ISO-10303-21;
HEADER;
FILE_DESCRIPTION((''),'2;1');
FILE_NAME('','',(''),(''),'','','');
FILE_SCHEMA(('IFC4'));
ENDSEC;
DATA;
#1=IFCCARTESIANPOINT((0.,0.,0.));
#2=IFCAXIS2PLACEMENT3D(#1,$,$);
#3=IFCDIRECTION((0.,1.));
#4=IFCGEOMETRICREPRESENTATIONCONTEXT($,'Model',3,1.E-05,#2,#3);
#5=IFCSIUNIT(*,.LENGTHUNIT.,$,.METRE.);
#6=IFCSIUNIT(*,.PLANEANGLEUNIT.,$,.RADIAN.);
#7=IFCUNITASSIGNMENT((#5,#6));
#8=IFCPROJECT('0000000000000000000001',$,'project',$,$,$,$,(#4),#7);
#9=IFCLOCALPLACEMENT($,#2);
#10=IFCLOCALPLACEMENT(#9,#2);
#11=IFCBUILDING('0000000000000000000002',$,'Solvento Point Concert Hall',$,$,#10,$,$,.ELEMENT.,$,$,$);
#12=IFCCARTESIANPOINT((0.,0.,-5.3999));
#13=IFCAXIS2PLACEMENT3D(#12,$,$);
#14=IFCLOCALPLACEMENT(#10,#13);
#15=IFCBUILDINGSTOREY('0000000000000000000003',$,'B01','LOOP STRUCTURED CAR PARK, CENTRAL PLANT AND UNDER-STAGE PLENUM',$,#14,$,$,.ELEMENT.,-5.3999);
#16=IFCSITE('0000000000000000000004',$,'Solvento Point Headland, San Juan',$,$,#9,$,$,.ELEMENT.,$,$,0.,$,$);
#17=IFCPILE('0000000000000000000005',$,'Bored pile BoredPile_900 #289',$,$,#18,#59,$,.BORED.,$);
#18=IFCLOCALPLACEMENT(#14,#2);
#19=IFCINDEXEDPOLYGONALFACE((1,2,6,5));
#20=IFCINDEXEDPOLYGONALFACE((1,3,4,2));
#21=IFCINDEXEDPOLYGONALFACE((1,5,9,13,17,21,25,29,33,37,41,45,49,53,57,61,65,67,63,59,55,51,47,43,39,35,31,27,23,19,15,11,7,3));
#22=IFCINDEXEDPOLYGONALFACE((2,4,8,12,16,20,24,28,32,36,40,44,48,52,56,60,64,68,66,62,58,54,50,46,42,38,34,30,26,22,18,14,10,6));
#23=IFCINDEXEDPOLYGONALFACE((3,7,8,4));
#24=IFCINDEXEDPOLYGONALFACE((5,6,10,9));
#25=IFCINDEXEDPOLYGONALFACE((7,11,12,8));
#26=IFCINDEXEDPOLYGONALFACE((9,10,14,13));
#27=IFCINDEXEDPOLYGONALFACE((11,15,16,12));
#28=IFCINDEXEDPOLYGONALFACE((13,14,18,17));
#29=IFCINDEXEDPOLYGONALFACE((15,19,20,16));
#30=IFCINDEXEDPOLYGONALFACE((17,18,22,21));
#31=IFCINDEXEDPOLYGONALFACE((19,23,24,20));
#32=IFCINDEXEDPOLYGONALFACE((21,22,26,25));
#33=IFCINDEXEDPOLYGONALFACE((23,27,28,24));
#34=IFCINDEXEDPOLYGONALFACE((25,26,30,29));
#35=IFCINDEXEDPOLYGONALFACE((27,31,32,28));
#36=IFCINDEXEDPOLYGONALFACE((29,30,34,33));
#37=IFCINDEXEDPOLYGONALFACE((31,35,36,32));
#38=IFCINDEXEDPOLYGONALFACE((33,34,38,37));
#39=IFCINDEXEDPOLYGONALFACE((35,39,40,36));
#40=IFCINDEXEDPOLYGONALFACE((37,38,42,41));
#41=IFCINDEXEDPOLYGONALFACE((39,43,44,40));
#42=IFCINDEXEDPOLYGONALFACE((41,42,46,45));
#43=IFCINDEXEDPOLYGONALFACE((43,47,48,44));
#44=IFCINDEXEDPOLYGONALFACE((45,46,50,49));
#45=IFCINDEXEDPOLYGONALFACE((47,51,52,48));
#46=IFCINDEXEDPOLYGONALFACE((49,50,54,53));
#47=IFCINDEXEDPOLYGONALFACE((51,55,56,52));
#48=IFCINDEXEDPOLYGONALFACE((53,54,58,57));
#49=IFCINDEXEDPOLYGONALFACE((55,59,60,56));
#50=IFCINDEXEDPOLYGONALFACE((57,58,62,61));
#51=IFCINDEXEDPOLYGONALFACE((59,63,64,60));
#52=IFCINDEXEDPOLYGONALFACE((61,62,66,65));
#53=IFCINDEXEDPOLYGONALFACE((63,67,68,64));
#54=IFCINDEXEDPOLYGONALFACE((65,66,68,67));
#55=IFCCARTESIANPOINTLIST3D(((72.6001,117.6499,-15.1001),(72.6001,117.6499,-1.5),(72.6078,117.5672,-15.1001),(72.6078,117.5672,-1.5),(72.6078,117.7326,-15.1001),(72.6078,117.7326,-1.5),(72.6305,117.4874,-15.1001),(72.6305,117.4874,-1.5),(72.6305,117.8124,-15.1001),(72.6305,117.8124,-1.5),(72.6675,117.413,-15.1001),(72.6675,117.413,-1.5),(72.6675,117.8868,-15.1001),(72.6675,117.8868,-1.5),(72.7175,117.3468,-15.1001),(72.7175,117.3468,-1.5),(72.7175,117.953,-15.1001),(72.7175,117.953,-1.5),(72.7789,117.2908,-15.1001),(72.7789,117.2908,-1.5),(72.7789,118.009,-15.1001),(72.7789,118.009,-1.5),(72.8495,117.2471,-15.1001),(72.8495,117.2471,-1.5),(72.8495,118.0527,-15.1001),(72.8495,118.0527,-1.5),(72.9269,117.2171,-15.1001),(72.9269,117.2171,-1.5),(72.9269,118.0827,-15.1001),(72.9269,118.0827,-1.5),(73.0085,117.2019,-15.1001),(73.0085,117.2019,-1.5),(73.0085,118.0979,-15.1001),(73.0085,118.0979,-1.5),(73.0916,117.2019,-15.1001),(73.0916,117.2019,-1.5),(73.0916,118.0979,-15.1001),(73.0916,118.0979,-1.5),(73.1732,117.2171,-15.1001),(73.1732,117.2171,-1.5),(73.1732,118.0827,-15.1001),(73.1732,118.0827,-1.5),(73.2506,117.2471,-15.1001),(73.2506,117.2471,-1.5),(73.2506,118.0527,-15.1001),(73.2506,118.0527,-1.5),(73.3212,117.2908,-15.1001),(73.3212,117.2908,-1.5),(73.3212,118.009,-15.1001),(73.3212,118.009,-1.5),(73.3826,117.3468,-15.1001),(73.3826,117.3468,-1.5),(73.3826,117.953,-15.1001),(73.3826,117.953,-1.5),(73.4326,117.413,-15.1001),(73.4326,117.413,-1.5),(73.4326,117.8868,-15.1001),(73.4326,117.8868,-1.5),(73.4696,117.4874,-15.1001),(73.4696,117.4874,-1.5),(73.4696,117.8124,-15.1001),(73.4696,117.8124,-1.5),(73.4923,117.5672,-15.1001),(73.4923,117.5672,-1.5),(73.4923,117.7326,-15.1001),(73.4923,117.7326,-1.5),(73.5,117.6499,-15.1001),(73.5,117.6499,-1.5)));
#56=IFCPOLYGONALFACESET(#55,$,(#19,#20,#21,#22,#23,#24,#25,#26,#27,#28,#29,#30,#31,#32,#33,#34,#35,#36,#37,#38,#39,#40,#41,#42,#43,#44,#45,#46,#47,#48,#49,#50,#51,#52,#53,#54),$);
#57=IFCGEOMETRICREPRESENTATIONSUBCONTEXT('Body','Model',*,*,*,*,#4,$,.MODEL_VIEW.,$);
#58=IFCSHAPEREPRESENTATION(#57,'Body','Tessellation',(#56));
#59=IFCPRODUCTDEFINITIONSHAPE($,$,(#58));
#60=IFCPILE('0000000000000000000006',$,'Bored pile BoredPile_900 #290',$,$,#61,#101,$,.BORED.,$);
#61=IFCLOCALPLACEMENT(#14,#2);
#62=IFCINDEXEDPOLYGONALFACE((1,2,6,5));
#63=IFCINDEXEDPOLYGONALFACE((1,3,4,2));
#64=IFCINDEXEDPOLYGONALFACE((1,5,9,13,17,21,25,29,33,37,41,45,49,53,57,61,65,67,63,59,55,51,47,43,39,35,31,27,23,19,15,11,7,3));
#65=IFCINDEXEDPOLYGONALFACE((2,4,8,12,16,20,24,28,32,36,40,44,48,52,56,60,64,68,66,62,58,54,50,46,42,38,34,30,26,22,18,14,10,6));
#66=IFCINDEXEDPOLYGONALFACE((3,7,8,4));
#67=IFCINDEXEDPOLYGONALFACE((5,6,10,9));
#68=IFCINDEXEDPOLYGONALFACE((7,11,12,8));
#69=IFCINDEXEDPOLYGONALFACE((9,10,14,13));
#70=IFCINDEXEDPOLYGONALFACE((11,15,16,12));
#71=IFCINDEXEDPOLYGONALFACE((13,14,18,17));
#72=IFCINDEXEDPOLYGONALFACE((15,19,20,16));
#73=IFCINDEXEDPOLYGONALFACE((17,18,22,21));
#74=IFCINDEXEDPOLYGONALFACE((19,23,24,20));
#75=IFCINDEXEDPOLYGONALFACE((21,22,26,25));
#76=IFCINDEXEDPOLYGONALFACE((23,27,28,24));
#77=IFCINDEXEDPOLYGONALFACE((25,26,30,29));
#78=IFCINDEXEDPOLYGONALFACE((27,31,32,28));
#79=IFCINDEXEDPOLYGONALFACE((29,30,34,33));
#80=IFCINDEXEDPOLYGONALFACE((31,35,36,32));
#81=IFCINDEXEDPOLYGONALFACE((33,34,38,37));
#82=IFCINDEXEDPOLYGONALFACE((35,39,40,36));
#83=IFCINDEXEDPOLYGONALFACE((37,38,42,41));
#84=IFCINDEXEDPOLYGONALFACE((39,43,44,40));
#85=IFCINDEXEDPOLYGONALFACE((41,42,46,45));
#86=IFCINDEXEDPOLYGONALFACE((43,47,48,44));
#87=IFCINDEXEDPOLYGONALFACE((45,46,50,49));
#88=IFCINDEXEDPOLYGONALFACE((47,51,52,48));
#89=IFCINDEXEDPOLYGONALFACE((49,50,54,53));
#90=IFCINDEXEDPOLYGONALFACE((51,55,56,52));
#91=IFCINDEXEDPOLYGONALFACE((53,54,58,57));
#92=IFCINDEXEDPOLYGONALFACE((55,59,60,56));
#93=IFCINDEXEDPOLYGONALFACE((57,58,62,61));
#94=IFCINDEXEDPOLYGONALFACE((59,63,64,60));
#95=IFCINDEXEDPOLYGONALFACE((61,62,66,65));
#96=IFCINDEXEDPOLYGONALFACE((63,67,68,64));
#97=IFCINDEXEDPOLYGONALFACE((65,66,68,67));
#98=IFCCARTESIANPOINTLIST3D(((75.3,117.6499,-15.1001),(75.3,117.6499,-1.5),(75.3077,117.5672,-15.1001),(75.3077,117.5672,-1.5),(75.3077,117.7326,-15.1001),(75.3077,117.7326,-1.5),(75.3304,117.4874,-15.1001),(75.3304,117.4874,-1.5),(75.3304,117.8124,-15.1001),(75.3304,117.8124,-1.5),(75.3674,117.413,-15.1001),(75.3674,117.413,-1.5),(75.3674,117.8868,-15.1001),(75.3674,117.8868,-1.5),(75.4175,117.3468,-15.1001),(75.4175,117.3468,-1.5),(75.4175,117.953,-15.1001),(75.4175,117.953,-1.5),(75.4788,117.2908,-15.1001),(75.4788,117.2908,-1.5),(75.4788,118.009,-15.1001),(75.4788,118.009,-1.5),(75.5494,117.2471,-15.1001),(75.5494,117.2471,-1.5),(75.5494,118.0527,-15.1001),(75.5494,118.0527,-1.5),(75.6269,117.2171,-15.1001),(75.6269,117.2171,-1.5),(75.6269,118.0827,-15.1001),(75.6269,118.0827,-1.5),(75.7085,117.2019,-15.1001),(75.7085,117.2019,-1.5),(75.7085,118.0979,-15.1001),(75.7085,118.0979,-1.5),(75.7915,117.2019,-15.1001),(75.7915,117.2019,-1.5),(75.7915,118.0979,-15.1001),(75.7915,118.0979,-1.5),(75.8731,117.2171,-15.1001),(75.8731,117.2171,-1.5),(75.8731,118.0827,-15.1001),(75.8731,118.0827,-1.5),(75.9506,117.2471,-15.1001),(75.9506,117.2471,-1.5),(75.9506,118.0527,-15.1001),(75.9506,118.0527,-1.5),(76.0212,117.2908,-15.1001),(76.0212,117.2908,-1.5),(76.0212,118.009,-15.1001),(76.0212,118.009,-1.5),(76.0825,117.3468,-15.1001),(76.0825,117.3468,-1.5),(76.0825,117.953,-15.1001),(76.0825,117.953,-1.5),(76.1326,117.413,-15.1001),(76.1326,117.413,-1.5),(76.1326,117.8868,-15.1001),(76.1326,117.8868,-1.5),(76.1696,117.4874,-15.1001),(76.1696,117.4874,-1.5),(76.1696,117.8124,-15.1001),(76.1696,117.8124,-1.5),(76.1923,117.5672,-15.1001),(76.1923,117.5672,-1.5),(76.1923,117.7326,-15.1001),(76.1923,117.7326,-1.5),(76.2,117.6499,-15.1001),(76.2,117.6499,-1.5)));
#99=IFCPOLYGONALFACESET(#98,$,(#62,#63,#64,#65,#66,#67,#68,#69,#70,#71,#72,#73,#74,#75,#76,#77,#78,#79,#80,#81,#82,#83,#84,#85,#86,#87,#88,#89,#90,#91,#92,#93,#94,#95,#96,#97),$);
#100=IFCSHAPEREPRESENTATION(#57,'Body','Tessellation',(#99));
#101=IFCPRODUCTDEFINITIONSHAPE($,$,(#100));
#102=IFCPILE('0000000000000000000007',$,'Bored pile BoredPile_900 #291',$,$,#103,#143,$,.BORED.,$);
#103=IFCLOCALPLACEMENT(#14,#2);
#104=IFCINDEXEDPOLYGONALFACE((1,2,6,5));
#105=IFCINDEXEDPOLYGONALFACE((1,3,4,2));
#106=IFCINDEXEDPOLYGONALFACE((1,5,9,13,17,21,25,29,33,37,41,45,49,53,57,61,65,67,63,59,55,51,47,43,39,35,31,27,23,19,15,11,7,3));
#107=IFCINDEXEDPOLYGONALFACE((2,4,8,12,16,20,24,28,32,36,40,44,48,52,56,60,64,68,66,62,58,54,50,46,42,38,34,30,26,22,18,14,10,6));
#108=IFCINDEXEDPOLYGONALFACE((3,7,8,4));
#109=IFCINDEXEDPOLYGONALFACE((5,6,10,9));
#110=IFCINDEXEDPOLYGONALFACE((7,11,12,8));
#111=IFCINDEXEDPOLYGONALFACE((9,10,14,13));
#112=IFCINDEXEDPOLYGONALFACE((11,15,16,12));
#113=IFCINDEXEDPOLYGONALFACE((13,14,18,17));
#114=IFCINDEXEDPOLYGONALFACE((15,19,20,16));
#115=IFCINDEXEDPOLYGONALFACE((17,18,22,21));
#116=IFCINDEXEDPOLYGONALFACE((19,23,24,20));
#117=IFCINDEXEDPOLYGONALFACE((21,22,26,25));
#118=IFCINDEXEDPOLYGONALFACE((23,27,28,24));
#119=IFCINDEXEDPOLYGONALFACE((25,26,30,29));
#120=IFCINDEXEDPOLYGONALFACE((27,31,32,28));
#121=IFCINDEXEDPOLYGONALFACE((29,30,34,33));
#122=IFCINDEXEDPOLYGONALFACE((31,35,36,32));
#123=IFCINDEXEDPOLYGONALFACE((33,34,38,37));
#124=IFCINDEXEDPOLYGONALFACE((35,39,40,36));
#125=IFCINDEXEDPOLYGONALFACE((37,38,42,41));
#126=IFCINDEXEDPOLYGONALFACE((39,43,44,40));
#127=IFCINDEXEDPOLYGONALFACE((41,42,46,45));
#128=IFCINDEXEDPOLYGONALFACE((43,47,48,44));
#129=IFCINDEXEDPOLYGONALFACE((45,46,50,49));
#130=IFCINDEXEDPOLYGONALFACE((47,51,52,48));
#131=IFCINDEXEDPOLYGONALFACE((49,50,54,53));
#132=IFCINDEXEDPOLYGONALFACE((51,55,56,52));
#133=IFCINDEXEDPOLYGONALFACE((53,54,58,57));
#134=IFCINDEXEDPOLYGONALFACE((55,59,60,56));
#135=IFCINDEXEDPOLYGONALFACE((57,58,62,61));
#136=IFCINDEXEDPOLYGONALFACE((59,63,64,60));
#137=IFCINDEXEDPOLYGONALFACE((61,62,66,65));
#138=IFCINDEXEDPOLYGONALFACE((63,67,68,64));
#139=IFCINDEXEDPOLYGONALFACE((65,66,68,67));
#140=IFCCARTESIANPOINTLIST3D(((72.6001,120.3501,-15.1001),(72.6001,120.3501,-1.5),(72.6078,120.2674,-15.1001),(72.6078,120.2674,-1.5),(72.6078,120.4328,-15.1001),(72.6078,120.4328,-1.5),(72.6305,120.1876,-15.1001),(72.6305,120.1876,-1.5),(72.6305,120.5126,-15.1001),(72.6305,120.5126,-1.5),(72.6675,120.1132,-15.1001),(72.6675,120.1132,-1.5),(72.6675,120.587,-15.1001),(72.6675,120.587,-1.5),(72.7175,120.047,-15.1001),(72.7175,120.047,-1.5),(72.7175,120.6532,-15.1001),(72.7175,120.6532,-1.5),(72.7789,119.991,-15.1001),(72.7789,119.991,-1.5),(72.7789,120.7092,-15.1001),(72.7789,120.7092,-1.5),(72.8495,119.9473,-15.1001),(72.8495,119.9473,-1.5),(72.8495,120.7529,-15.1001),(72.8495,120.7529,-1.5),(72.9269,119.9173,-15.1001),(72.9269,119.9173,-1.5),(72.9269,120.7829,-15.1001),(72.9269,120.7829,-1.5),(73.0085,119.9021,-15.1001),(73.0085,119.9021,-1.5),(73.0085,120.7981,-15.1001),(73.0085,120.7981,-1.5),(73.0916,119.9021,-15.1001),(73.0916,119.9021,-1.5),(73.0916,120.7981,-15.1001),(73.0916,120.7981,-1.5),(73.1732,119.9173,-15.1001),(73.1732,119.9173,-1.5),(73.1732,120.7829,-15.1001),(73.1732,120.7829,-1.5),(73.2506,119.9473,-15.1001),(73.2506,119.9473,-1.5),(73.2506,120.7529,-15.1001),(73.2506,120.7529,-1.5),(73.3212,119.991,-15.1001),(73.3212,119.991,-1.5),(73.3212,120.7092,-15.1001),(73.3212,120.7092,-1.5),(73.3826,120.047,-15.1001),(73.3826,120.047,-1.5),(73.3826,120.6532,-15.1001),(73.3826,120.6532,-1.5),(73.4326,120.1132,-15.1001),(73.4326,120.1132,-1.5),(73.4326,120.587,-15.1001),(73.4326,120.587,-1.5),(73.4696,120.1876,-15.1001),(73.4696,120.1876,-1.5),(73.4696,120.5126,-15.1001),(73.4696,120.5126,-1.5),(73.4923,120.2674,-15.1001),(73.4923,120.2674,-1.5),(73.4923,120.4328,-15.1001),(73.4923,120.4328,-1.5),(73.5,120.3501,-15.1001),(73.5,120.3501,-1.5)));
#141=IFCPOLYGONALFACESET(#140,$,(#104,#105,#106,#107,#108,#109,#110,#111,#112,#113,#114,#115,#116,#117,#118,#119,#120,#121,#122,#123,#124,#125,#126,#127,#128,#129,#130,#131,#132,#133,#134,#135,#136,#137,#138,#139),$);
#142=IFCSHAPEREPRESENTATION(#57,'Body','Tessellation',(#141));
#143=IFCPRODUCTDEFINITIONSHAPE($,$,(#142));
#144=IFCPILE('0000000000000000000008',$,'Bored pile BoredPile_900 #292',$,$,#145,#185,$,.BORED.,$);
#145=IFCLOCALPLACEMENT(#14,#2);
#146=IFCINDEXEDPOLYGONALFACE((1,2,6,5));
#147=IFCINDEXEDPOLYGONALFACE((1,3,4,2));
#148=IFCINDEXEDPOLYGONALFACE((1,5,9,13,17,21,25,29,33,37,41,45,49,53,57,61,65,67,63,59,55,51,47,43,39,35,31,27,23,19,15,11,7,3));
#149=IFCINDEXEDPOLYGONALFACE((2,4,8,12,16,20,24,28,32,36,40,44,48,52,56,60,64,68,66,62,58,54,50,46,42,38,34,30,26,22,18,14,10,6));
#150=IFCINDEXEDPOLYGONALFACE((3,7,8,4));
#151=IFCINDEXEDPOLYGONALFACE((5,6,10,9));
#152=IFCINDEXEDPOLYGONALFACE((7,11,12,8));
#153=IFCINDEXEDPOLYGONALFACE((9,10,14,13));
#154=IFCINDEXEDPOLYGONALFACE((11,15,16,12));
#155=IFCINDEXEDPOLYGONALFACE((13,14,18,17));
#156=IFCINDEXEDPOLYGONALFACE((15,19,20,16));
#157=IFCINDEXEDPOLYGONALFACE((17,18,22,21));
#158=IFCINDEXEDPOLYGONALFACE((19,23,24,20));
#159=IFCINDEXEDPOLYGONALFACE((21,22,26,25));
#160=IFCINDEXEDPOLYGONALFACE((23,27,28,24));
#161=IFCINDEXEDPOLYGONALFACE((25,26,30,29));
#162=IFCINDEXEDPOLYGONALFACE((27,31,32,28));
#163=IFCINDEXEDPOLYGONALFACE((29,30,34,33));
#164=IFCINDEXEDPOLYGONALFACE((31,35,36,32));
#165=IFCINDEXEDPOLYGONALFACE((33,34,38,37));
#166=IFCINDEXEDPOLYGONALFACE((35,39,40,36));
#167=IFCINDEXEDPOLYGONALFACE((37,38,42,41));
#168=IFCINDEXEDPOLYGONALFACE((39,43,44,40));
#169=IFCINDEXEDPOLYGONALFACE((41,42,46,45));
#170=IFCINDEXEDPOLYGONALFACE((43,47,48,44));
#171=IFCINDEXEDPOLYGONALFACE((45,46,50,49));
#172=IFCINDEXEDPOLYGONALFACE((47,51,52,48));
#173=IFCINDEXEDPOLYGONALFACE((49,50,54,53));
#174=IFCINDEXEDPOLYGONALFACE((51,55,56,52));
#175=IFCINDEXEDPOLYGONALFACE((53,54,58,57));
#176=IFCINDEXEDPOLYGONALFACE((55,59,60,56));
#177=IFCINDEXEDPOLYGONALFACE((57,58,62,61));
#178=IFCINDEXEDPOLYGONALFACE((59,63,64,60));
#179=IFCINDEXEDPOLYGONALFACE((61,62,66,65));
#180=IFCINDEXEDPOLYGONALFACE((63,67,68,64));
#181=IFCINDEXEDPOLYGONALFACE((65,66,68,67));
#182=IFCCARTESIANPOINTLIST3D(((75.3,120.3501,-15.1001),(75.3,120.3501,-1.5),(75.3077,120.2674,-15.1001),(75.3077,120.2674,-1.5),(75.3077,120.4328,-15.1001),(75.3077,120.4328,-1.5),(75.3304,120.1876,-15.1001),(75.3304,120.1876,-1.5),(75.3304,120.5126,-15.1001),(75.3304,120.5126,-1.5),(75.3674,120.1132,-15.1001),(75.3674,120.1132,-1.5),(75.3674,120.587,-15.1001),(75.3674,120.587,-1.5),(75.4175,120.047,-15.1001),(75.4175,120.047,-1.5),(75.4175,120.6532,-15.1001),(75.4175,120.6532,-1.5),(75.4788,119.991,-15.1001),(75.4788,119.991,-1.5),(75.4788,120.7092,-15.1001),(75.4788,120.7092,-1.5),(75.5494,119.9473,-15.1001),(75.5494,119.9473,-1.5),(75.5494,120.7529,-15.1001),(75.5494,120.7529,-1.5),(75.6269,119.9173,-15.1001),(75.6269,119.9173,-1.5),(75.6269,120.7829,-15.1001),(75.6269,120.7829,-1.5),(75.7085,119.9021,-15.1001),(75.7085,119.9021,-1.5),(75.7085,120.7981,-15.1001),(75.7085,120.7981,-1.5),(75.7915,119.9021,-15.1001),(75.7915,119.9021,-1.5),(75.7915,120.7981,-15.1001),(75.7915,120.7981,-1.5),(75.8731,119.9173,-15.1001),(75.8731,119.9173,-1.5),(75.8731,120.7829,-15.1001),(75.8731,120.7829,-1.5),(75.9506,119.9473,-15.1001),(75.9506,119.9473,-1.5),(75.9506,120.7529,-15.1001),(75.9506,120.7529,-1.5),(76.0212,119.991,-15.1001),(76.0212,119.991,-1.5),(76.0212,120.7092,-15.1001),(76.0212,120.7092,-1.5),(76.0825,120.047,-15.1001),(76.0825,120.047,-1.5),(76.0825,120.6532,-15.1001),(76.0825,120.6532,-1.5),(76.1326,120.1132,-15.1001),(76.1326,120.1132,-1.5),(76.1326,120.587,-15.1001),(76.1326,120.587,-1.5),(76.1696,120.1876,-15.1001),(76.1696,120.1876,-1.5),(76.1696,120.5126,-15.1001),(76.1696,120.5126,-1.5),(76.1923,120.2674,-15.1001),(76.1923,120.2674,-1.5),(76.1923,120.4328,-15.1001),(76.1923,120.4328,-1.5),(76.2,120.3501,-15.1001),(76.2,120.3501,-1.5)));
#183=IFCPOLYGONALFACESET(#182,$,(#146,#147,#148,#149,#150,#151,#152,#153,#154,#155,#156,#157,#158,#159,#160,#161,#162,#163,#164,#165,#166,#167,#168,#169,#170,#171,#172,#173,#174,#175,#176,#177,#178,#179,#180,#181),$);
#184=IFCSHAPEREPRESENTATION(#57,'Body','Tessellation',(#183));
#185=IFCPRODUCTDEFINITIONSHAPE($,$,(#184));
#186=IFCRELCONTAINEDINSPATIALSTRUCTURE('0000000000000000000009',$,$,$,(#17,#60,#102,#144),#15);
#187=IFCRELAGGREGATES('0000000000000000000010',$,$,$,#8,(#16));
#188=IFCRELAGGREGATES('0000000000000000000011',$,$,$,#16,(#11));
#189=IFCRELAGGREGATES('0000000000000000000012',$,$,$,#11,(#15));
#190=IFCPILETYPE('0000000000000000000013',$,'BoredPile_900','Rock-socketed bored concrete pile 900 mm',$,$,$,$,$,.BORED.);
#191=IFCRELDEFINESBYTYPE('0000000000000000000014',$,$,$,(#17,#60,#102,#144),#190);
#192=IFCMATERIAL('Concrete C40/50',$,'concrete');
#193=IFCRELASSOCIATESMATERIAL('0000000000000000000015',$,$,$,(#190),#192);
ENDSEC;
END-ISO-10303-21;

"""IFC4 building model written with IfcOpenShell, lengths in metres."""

from ifc_helpers import new_model, si_unit, direction, frame, origin, origin_2d, place, context, subcontext, project, spatial, circle, extrude, material, material_profile, profile_set, type_object, element, save


model = new_model("IFC4")

# Units and contexts
model_context = context("Model", 3, precision=1e-05, world=origin(), true_north=direction((0.0, 1.0)))
body_context = subcontext(model_context, "Body", "Model", "MODEL_VIEW")
ifc_project = project(units=[si_unit("LENGTHUNIT", "METRE"), si_unit("PLANEANGLEUNIT", "RADIAN")], contexts=[model_context])

# Site, building, storey
site_placement = place(None, origin())
site = spatial("IfcSite", under=ifc_project, at=site_placement, Name="Solvento Point Headland, San Juan", CompositionType="ELEMENT", RefElevation=0.0)
building_placement = place(site_placement, origin())
building = spatial("IfcBuilding", under=site, at=building_placement, Name="Solvento Point Concert Hall", CompositionType="ELEMENT")
storey_placement = place(building_placement, frame((0.0, 0.0, -5.3999)))
storey = spatial("IfcBuildingStorey", under=building, at=storey_placement, Name="B01", Description="LOOP STRUCTURED CAR PARK, CENTRAL PLANT AND UNDER-STAGE PLENUM", CompositionType="ELEMENT", Elevation=-5.3999)

# Piles
ifc_material_1 = material(Name="Concrete C40/50", Category="concrete")
ifc_material_profile_1 = material_profile(ifc_material_1, circle(Radius=0.45, at=origin_2d()), Name="BP-900")
ifc_profile_set_1 = profile_set([ifc_material_profile_1], Name="Concrete C40/50")
pile_type_1 = type_object("IfcPileType", Name="BoredPile_900", Description="Rock-socketed bored concrete pile 900 mm", PredefinedType="BORED", material=ifc_profile_set_1)
for number, where, z_axis, x_axis, name in (
    (1, (73.05, 117.6499, -1.5), (0.0, 0.0, -1.0), (1.0, 0.0, 0.0), "Bored pile BoredPile_900 #289"),
    (2, (75.75, 117.6499, -1.5), (0.0, 0.0, -1.0), (1.0, 0.0, 0.0), "Bored pile BoredPile_900 #290"),
    (3, (73.05, 120.3501, -1.5), (0.0, 0.0, -1.0), (1.0, 0.0, 0.0), "Bored pile BoredPile_900 #291"),
    (4, (75.75, 120.3501, -1.5), (0.0, 0.0, -1.0), (1.0, 0.0, 0.0), "Bored pile BoredPile_900 #292"),
):
    element("IfcPile", number, at=place(storey_placement, frame(where, z_axis=z_axis, x_axis=x_axis)), inside=storey, type_object=pile_type_1, Name=name, PredefinedType="BORED", context=body_context, shape_type="SweptSolid", body=[
        extrude(circle(Radius=0.45, at=origin_2d()), origin(), (0.0, 0.0, 1.0), 13.6001),
    ])

save(model, "model.ifc")
